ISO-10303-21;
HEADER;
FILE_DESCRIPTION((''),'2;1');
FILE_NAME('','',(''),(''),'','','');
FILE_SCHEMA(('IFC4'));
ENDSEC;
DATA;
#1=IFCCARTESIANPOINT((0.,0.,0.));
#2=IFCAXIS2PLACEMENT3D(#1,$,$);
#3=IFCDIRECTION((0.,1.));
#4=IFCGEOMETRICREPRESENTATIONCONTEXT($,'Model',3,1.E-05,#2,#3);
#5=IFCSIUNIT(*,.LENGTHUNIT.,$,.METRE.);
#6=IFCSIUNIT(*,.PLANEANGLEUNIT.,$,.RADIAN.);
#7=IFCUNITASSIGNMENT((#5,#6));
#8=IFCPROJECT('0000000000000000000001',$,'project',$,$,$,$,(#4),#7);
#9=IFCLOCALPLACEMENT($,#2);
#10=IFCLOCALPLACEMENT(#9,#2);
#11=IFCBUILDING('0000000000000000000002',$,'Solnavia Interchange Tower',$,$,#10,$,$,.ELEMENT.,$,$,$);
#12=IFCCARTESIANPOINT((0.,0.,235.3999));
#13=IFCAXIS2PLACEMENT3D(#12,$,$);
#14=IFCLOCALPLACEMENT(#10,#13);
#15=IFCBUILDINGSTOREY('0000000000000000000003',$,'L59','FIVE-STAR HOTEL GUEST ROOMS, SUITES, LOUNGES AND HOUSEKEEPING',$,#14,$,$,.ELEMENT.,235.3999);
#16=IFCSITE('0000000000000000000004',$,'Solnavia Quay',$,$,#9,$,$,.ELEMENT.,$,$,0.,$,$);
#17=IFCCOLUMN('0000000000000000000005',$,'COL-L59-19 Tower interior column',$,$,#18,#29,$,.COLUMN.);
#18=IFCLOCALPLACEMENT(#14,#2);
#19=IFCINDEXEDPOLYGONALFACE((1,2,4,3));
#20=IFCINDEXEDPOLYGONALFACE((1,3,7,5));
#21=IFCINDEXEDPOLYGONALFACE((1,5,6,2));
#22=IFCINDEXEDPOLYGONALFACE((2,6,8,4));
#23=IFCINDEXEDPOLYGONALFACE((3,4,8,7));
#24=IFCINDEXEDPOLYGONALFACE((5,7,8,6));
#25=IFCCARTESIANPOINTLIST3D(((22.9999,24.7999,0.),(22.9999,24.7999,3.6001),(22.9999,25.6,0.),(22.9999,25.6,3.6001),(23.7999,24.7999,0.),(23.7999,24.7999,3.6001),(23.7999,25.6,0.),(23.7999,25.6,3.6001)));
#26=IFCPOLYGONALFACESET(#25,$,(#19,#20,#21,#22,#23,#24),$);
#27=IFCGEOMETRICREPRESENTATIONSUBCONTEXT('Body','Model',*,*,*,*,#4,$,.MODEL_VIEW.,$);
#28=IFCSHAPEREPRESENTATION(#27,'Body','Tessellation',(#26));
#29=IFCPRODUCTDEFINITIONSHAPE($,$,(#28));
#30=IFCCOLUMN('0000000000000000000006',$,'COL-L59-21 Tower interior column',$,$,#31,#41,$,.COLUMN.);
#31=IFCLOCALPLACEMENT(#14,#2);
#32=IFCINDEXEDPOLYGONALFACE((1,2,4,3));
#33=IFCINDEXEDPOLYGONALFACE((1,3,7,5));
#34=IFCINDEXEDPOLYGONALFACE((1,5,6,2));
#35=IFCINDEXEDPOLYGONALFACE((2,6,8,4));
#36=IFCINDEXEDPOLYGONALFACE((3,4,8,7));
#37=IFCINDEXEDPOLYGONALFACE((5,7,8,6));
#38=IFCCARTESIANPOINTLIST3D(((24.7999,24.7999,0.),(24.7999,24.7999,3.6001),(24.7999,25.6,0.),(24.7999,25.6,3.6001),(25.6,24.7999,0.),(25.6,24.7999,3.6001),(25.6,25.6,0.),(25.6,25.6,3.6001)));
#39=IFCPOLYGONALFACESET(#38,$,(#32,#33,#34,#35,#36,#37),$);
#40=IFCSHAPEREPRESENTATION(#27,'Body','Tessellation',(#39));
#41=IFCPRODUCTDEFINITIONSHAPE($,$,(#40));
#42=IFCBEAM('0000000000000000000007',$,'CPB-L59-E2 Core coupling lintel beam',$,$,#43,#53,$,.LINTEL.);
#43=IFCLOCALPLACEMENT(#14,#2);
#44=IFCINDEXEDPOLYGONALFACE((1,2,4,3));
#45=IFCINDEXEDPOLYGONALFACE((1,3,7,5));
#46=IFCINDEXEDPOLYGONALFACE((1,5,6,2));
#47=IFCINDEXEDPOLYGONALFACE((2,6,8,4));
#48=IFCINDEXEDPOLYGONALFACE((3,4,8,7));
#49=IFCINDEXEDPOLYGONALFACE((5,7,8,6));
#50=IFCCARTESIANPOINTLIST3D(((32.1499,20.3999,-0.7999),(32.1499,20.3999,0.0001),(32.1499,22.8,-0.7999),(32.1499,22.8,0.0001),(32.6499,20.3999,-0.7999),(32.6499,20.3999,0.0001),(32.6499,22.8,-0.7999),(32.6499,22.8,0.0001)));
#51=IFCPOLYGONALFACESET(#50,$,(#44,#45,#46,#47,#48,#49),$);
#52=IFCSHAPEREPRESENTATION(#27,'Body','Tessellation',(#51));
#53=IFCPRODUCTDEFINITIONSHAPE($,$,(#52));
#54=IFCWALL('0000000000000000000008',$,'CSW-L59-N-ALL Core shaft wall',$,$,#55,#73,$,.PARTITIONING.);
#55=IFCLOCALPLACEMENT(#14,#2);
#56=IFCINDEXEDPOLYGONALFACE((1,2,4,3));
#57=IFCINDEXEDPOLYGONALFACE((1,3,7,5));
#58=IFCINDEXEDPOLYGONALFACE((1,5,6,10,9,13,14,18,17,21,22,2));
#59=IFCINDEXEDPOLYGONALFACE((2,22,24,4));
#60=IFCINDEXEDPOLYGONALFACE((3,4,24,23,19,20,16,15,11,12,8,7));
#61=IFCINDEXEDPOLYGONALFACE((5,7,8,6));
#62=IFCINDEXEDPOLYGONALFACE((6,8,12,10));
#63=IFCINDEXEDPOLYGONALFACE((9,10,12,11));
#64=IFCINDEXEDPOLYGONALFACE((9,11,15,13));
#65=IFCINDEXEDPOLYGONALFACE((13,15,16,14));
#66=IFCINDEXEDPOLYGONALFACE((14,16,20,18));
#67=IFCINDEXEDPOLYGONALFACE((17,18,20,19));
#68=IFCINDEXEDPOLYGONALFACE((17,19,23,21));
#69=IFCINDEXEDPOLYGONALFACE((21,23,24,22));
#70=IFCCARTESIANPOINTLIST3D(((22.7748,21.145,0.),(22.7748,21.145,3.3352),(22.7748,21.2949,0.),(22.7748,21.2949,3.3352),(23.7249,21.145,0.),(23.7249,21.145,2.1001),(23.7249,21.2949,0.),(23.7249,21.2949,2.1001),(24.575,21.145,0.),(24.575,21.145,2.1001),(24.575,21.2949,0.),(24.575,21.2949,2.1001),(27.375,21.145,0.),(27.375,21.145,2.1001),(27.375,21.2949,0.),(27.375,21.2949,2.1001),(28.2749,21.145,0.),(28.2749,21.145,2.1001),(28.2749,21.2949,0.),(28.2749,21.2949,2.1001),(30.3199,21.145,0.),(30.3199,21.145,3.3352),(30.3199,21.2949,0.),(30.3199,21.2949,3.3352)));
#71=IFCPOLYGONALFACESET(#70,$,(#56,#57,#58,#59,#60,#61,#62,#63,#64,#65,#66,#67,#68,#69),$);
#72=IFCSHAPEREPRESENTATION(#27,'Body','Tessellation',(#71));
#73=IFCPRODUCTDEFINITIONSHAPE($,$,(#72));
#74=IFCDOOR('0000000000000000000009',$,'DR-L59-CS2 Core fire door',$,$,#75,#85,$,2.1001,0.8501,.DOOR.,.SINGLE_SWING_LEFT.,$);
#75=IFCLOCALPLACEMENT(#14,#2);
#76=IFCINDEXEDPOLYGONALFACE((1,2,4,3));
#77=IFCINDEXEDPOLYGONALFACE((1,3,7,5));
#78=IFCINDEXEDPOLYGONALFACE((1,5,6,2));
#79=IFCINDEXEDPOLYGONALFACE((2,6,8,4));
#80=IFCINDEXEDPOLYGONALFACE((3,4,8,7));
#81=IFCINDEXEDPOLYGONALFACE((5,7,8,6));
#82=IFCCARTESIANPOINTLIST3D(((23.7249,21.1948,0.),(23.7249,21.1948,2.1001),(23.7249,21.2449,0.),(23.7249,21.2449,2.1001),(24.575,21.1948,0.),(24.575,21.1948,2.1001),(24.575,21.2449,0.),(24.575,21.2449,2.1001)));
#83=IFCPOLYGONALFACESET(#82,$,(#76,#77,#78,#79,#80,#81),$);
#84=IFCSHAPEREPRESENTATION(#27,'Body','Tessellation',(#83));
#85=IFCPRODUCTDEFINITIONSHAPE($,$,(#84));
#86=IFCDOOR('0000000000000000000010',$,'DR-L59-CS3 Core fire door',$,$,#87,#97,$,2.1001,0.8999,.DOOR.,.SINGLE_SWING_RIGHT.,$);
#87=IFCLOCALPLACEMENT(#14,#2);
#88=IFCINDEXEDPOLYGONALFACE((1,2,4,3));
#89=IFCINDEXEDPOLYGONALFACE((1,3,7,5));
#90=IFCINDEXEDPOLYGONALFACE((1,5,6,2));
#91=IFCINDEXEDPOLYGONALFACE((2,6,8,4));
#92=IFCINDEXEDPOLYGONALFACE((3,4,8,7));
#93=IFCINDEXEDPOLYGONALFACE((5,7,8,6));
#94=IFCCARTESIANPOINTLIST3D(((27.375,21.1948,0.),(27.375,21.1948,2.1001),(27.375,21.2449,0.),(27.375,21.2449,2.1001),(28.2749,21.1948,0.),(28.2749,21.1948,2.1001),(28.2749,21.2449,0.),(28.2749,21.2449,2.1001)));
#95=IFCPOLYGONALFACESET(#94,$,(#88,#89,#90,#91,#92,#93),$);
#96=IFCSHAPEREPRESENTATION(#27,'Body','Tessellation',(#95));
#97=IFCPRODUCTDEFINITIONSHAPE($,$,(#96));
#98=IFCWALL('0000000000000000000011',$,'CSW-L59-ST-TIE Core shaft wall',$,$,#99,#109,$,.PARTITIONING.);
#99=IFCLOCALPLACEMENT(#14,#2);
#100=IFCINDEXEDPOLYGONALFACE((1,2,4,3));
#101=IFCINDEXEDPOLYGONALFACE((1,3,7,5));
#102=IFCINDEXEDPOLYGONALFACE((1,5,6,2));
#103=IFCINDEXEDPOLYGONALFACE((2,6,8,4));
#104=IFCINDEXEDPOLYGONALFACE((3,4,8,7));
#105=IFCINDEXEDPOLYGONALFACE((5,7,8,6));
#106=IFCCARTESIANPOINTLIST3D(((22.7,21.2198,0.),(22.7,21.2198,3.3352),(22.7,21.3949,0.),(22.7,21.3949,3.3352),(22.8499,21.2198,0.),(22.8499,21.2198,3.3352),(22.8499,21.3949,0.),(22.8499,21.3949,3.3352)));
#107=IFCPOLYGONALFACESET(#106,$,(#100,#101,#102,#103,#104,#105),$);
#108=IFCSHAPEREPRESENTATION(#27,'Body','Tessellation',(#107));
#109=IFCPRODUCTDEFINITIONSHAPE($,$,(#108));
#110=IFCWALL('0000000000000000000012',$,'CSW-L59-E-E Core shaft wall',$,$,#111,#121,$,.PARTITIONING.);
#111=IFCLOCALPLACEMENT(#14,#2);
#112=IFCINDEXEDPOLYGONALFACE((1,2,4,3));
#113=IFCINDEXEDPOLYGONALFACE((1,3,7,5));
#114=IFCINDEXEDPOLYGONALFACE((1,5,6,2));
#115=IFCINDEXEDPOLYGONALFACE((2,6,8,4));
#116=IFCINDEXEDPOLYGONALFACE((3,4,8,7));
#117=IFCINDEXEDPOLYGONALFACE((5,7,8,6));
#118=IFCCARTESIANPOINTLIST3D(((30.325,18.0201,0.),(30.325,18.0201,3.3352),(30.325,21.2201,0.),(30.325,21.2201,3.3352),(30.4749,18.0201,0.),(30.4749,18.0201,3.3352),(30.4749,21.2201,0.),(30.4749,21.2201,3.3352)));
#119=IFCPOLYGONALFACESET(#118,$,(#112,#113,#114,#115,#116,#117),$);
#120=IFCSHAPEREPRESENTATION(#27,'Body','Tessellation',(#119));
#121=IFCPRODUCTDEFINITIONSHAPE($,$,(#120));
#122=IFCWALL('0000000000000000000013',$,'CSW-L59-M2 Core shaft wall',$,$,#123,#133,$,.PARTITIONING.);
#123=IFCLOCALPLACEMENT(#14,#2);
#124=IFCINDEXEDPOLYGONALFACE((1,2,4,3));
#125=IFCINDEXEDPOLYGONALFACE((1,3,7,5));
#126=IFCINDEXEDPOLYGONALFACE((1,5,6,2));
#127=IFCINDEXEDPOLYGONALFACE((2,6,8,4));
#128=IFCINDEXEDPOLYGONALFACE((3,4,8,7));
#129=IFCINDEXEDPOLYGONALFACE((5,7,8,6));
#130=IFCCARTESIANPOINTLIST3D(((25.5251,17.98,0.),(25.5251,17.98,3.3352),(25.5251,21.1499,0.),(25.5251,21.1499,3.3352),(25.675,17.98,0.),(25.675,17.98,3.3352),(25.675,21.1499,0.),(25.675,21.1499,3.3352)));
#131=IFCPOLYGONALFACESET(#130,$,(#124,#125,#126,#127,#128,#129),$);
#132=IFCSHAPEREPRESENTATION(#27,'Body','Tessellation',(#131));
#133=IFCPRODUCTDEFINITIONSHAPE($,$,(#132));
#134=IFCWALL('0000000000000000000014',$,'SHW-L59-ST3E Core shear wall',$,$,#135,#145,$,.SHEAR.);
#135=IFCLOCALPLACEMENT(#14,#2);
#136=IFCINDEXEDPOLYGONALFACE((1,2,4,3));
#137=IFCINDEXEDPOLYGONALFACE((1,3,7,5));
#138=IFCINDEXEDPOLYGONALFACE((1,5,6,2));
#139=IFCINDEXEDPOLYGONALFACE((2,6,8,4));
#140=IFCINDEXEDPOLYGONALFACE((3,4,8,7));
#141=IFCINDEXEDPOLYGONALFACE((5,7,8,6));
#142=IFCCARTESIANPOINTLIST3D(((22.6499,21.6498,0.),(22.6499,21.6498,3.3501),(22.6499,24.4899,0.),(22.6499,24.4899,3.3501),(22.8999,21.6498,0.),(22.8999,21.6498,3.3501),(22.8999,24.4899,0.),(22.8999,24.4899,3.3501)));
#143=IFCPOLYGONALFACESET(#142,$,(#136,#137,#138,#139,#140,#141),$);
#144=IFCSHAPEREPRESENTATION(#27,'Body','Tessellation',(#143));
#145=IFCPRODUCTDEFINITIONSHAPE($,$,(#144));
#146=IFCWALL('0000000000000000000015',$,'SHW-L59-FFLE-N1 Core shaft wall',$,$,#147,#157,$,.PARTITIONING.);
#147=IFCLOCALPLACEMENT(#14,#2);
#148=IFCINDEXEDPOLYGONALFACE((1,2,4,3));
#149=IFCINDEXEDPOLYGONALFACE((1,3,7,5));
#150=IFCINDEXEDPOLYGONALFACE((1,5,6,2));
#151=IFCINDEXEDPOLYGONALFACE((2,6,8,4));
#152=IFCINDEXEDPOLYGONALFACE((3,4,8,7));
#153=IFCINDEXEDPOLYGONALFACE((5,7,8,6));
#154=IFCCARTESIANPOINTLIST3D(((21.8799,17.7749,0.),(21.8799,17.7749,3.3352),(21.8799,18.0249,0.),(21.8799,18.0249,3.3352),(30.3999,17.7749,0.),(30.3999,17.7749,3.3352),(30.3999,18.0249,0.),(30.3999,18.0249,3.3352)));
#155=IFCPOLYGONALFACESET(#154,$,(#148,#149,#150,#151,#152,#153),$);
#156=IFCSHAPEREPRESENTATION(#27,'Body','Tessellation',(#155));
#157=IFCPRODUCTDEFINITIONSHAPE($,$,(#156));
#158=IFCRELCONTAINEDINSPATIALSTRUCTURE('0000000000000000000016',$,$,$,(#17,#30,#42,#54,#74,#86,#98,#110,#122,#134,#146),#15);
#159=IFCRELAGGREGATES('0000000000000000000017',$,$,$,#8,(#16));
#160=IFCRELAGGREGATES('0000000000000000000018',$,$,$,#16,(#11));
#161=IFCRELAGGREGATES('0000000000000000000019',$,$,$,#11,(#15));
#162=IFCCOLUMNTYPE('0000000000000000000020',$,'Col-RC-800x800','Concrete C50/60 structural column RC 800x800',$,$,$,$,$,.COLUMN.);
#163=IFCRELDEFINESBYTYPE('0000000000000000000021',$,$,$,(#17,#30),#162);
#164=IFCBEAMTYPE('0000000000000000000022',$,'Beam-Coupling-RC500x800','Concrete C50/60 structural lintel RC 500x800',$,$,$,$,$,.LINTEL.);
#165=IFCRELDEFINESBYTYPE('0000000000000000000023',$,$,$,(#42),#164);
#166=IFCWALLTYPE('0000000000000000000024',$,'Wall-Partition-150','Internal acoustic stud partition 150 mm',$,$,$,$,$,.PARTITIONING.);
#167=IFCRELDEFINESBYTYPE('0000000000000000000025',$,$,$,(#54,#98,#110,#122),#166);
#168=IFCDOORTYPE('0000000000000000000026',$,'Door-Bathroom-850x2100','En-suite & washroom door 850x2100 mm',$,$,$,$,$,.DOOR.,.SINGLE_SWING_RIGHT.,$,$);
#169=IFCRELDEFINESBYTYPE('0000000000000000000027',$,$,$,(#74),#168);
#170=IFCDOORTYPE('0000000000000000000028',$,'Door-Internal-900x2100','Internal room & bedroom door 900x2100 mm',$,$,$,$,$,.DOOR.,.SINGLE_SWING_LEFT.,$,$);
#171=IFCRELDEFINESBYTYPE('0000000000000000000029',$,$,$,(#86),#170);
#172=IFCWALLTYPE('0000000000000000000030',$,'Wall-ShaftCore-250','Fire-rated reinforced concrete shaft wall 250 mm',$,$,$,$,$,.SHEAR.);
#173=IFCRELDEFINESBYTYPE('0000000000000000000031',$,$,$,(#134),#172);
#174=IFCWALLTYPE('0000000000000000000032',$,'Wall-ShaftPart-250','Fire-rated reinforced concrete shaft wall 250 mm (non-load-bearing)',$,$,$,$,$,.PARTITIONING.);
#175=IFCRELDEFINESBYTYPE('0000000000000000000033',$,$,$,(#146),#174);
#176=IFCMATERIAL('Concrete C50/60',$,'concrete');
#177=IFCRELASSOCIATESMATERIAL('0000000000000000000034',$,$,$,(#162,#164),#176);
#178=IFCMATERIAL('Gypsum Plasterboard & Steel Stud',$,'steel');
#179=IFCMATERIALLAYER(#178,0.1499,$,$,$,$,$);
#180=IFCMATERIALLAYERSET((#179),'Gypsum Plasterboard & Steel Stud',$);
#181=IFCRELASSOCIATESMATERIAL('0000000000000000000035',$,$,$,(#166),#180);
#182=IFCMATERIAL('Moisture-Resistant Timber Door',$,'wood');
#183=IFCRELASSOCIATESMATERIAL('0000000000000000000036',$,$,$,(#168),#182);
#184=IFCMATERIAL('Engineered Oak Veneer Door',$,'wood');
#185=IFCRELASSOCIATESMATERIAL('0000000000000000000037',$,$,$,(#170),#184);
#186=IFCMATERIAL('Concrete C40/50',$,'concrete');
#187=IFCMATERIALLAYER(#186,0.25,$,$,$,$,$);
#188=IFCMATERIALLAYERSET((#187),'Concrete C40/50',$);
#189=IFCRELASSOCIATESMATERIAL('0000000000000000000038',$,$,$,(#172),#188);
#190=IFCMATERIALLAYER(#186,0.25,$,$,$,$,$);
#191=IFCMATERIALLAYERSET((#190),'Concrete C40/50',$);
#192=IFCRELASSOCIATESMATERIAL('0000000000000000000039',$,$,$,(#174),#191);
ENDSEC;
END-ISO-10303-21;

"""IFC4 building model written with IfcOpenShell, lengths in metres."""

from ifc_helpers import new_model, si_unit, direction, frame, frame_2d, origin, origin_2d, place, context, subcontext, project, spatial, rectangle, extrude, material, layer, layer_set, material_profile, profile_set, type_object, element, fill, save


model = new_model("IFC4")

# Units and contexts
model_context = context("Model", 3, precision=1e-05, world=origin(), true_north=direction((0.0, 1.0)))
body_context = subcontext(model_context, "Body", "Model", "MODEL_VIEW")
ifc_project = project(units=[si_unit("LENGTHUNIT", "METRE"), si_unit("PLANEANGLEUNIT", "RADIAN")], contexts=[model_context])

# Site, building, storey
site_placement = place(None, origin())
site = spatial("IfcSite", under=ifc_project, at=site_placement, Name="Solnavia Quay", CompositionType="ELEMENT", RefElevation=0.0)
building_placement = place(site_placement, origin())
building = spatial("IfcBuilding", under=site, at=building_placement, Name="Solnavia Interchange Tower", CompositionType="ELEMENT")
storey_placement = place(building_placement, frame((0.0, 0.0, 235.3999)))
storey = spatial("IfcBuildingStorey", under=building, at=storey_placement, Name="L59", Description="FIVE-STAR HOTEL GUEST ROOMS, SUITES, LOUNGES AND HOUSEKEEPING", CompositionType="ELEMENT", Elevation=235.3999)

# Columns
ifc_material_1 = material(Name="Concrete C50/60", Category="concrete")
ifc_material_profile_1 = material_profile(ifc_material_1, rectangle(XDim=0.8, YDim=0.8, at=origin_2d()), Name="RC 800x800")
ifc_profile_set_1 = profile_set([ifc_material_profile_1], Name="Concrete C50/60")
column_type = type_object("IfcColumnType", Name="Col-RC-800x800", Description="Concrete C50/60 structural column RC 800x800", PredefinedType="COLUMN", material=ifc_profile_set_1)
for number, where, z_axis, x_axis, name in (
    (1, (23.3999, 25.2, 0.0), (0.0, 0.0, 1.0), (1.0, 0.0, 0.0), "COL-L59-19 Tower interior column"),
    (2, (25.2, 25.2, 0.0), (0.0, 0.0, 1.0), (1.0, 0.0, 0.0), "COL-L59-21 Tower interior column"),
):
    element("IfcColumn", number, at=place(storey_placement, frame(where, z_axis=z_axis, x_axis=x_axis)), inside=storey, type_object=column_type, Name=name, PredefinedType="COLUMN", context=body_context, shape_type="SweptSolid", body=[
        extrude(rectangle(XDim=0.8, YDim=0.8, at=origin_2d()), origin(), (0.0, 0.0, 1.0), 3.6001),
    ])

# Beam
ifc_material_profile_2 = material_profile(ifc_material_1, rectangle(XDim=0.5, YDim=0.8, at=origin_2d()), Name="RC 500x800")
ifc_profile_set_2 = profile_set([ifc_material_profile_2], Name="Concrete C50/60")
beam_type = type_object("IfcBeamType", Name="Beam-Coupling-RC500x800", Description="Concrete C50/60 structural lintel RC 500x800", PredefinedType="LINTEL", material=ifc_profile_set_2)
beam_placement = place(storey_placement, frame((32.3999, 20.3999, -0.3999), z_axis=(0.0, 1.0, 0.0), x_axis=(-1.0, 0.0, 0.0)))
element("IfcBeam", 3, at=beam_placement, inside=storey, type_object=beam_type, Name="CPB-L59-E2 Core coupling lintel beam", PredefinedType="LINTEL", context=body_context, shape_type="SweptSolid", body=[
    extrude(rectangle(XDim=0.5, YDim=0.8, at=origin_2d()), origin(), (0.0, 0.0, 1.0), 2.4001),
])

# Wall, openings, doors
ifc_material_2 = material(Name="Gypsum Plasterboard & Steel Stud", Category="steel")
ifc_layer_1 = layer(ifc_material_2, 0.1499)
ifc_layer_set_1 = layer_set([ifc_layer_1], Name="Gypsum Plasterboard & Steel Stud")
wall_type_1 = type_object("IfcWallType", Name="Wall-Partition-150", Description="Internal acoustic stud partition 150 mm", PredefinedType="PARTITIONING", material=ifc_layer_set_1)
wall_1_placement = place(storey_placement, frame((22.7749, 21.22, 0.0), z_axis=(0.0, 0.0, 1.0), x_axis=(1.0, 0.0, 0.0)))
wall_1 = element("IfcWall", 4, at=wall_1_placement, inside=storey, type_object=wall_type_1, Name="CSW-L59-N-ALL Core shaft wall", PredefinedType="PARTITIONING", context=body_context, shape_type="SweptSolid", body=[
    extrude(rectangle(XDim=7.5452, YDim=0.1499, at=frame_2d((3.7725, 0.0))), origin(), (0.0, 0.0, 1.0), 3.3352),
])
opening_1_placement = place(wall_1_placement, frame((0.95, 0.0, 0.0)))
opening_1 = element("IfcOpeningElement", 5, at=opening_1_placement, cuts=wall_1, PredefinedType="OPENING", context=body_context, shape_type="SweptSolid", body=[
    extrude(rectangle(XDim=0.8501, YDim=2.1001, at=frame_2d((0.425, 1.05))), frame((0.0, 0.085, 0.0), z_axis=(0.0, -1.0, 0.0), x_axis=(1.0, 0.0, 0.0)), (0.0, 0.0, 1.0), 0.1699),
])
opening_2_placement = place(wall_1_placement, frame((4.6001, 0.0, 0.0)))
opening_2 = element("IfcOpeningElement", 6, at=opening_2_placement, cuts=wall_1, PredefinedType="OPENING", context=body_context, shape_type="SweptSolid", body=[
    extrude(rectangle(XDim=0.8999, YDim=2.1001, at=frame_2d((0.45, 1.05))), frame((0.0, 0.085, 0.0), z_axis=(0.0, -1.0, 0.0), x_axis=(1.0, 0.0, 0.0)), (0.0, 0.0, 1.0), 0.1699),
])
ifc_material_3 = material(Name="Moisture-Resistant Timber Door", Category="wood")
door_type_1 = type_object("IfcDoorType", Name="Door-Bathroom-850x2100", Description="En-suite & washroom door 850x2100 mm", OperationType="SINGLE_SWING_RIGHT", PredefinedType="DOOR", material=ifc_material_3)
door_1_placement = place(opening_1_placement, origin())
door_1 = element("IfcDoor", 7, at=door_1_placement, inside=storey, type_object=door_type_1, Name="DR-L59-CS2 Core fire door", OperationType="SINGLE_SWING_LEFT", OverallHeight=2.1001, OverallWidth=0.8501, PredefinedType="DOOR", context=body_context, shape_type="SweptSolid", body=[
    extrude(rectangle(XDim=0.8501, YDim=2.1001, at=frame_2d((0.425, 1.05))), frame((0.0, 0.0249, 0.0), z_axis=(0.0, -1.0, 0.0), x_axis=(1.0, 0.0, 0.0)), (0.0, 0.0, 1.0), 0.05),
])
fill(opening_1, door_1)
ifc_material_4 = material(Name="Engineered Oak Veneer Door", Category="wood")
door_type_2 = type_object("IfcDoorType", Name="Door-Internal-900x2100", Description="Internal room & bedroom door 900x2100 mm", OperationType="SINGLE_SWING_LEFT", PredefinedType="DOOR", material=ifc_material_4)
door_2_placement = place(opening_2_placement, origin())
door_2 = element("IfcDoor", 8, at=door_2_placement, inside=storey, type_object=door_type_2, Name="DR-L59-CS3 Core fire door", OperationType="SINGLE_SWING_RIGHT", OverallHeight=2.1001, OverallWidth=0.8999, PredefinedType="DOOR", context=body_context, shape_type="SweptSolid", body=[
    extrude(rectangle(XDim=0.8999, YDim=2.1001, at=frame_2d((0.45, 1.05))), frame((0.0, 0.0249, 0.0), z_axis=(0.0, -1.0, 0.0), x_axis=(1.0, 0.0, 0.0)), (0.0, 0.0, 1.0), 0.05),
])
fill(opening_2, door_2)

# Walls
wall_2_placement = place(storey_placement, frame((22.7749, 21.22, 0.0), z_axis=(0.0, 0.0, 1.0), x_axis=(0.0, 1.0, 0.0)))
element("IfcWall", 9, at=wall_2_placement, inside=storey, type_object=wall_type_1, Name="CSW-L59-ST-TIE Core shaft wall", PredefinedType="PARTITIONING", context=body_context, shape_type="SweptSolid", body=[
    extrude(rectangle(XDim=0.175, YDim=0.1499, at=frame_2d((0.0874, 0.0))), origin(), (0.0, 0.0, 1.0), 3.3352),
])
wall_3_placement = place(storey_placement, frame((30.3999, 18.02, 0.0), z_axis=(0.0, 0.0, 1.0), x_axis=(0.0, 1.0, 0.0)))
element("IfcWall", 10, at=wall_3_placement, inside=storey, type_object=wall_type_1, Name="CSW-L59-E-E Core shaft wall", PredefinedType="PARTITIONING", context=body_context, shape_type="SweptSolid", body=[
    extrude(rectangle(XDim=3.2, YDim=0.1499, at=frame_2d((1.6001, 0.0))), origin(), (0.0, 0.0, 1.0), 3.3352),
])
wall_4_placement = place(storey_placement, frame((25.6001, 17.98, 0.0), z_axis=(0.0, 0.0, 1.0), x_axis=(0.0, 1.0, 0.0)))
element("IfcWall", 11, at=wall_4_placement, inside=storey, type_object=wall_type_1, Name="CSW-L59-M2 Core shaft wall", PredefinedType="PARTITIONING", context=body_context, shape_type="SweptSolid", body=[
    extrude(rectangle(XDim=3.1699, YDim=0.1499, at=frame_2d((1.585, 0.0))), origin(), (0.0, 0.0, 1.0), 3.3352),
])
ifc_material_5 = material(Name="Concrete C40/50", Category="concrete")
ifc_layer_2 = layer(ifc_material_5, 0.25)
ifc_layer_set_2 = layer_set([ifc_layer_2], Name="Concrete C40/50")
wall_type_2 = type_object("IfcWallType", Name="Wall-ShaftCore-250", Description="Fire-rated reinforced concrete shaft wall 250 mm", PredefinedType="SHEAR", material=ifc_layer_set_2)
wall_5_placement = place(storey_placement, frame((22.7749, 21.6499, 0.0), z_axis=(0.0, 0.0, 1.0), x_axis=(0.0, 1.0, 0.0)))
element("IfcWall", 12, at=wall_5_placement, inside=storey, type_object=wall_type_2, Name="SHW-L59-ST3E Core shear wall", PredefinedType="SHEAR", context=body_context, shape_type="SweptSolid", body=[
    extrude(rectangle(XDim=2.8401, YDim=0.25, at=frame_2d((1.4199, 0.0))), origin(), (0.0, 0.0, 1.0), 3.3501),
])
ifc_layer_3 = layer(ifc_material_5, 0.25)
ifc_layer_set_3 = layer_set([ifc_layer_3], Name="Concrete C40/50")
wall_type_3 = type_object("IfcWallType", Name="Wall-ShaftPart-250", Description="Fire-rated reinforced concrete shaft wall 250 mm (non-load-bearing)", PredefinedType="PARTITIONING", material=ifc_layer_set_3)
wall_6_placement = place(storey_placement, frame((21.8799, 17.8999, 0.0), z_axis=(0.0, 0.0, 1.0), x_axis=(1.0, 0.0, 0.0)))
element("IfcWall", 13, at=wall_6_placement, inside=storey, type_object=wall_type_3, Name="SHW-L59-FFLE-N1 Core shaft wall", PredefinedType="PARTITIONING", context=body_context, shape_type="SweptSolid", body=[
    extrude(rectangle(XDim=8.52, YDim=0.25, at=frame_2d((4.26, 0.0))), origin(), (0.0, 0.0, 1.0), 3.3352),
])

save(model, "model.ifc")
